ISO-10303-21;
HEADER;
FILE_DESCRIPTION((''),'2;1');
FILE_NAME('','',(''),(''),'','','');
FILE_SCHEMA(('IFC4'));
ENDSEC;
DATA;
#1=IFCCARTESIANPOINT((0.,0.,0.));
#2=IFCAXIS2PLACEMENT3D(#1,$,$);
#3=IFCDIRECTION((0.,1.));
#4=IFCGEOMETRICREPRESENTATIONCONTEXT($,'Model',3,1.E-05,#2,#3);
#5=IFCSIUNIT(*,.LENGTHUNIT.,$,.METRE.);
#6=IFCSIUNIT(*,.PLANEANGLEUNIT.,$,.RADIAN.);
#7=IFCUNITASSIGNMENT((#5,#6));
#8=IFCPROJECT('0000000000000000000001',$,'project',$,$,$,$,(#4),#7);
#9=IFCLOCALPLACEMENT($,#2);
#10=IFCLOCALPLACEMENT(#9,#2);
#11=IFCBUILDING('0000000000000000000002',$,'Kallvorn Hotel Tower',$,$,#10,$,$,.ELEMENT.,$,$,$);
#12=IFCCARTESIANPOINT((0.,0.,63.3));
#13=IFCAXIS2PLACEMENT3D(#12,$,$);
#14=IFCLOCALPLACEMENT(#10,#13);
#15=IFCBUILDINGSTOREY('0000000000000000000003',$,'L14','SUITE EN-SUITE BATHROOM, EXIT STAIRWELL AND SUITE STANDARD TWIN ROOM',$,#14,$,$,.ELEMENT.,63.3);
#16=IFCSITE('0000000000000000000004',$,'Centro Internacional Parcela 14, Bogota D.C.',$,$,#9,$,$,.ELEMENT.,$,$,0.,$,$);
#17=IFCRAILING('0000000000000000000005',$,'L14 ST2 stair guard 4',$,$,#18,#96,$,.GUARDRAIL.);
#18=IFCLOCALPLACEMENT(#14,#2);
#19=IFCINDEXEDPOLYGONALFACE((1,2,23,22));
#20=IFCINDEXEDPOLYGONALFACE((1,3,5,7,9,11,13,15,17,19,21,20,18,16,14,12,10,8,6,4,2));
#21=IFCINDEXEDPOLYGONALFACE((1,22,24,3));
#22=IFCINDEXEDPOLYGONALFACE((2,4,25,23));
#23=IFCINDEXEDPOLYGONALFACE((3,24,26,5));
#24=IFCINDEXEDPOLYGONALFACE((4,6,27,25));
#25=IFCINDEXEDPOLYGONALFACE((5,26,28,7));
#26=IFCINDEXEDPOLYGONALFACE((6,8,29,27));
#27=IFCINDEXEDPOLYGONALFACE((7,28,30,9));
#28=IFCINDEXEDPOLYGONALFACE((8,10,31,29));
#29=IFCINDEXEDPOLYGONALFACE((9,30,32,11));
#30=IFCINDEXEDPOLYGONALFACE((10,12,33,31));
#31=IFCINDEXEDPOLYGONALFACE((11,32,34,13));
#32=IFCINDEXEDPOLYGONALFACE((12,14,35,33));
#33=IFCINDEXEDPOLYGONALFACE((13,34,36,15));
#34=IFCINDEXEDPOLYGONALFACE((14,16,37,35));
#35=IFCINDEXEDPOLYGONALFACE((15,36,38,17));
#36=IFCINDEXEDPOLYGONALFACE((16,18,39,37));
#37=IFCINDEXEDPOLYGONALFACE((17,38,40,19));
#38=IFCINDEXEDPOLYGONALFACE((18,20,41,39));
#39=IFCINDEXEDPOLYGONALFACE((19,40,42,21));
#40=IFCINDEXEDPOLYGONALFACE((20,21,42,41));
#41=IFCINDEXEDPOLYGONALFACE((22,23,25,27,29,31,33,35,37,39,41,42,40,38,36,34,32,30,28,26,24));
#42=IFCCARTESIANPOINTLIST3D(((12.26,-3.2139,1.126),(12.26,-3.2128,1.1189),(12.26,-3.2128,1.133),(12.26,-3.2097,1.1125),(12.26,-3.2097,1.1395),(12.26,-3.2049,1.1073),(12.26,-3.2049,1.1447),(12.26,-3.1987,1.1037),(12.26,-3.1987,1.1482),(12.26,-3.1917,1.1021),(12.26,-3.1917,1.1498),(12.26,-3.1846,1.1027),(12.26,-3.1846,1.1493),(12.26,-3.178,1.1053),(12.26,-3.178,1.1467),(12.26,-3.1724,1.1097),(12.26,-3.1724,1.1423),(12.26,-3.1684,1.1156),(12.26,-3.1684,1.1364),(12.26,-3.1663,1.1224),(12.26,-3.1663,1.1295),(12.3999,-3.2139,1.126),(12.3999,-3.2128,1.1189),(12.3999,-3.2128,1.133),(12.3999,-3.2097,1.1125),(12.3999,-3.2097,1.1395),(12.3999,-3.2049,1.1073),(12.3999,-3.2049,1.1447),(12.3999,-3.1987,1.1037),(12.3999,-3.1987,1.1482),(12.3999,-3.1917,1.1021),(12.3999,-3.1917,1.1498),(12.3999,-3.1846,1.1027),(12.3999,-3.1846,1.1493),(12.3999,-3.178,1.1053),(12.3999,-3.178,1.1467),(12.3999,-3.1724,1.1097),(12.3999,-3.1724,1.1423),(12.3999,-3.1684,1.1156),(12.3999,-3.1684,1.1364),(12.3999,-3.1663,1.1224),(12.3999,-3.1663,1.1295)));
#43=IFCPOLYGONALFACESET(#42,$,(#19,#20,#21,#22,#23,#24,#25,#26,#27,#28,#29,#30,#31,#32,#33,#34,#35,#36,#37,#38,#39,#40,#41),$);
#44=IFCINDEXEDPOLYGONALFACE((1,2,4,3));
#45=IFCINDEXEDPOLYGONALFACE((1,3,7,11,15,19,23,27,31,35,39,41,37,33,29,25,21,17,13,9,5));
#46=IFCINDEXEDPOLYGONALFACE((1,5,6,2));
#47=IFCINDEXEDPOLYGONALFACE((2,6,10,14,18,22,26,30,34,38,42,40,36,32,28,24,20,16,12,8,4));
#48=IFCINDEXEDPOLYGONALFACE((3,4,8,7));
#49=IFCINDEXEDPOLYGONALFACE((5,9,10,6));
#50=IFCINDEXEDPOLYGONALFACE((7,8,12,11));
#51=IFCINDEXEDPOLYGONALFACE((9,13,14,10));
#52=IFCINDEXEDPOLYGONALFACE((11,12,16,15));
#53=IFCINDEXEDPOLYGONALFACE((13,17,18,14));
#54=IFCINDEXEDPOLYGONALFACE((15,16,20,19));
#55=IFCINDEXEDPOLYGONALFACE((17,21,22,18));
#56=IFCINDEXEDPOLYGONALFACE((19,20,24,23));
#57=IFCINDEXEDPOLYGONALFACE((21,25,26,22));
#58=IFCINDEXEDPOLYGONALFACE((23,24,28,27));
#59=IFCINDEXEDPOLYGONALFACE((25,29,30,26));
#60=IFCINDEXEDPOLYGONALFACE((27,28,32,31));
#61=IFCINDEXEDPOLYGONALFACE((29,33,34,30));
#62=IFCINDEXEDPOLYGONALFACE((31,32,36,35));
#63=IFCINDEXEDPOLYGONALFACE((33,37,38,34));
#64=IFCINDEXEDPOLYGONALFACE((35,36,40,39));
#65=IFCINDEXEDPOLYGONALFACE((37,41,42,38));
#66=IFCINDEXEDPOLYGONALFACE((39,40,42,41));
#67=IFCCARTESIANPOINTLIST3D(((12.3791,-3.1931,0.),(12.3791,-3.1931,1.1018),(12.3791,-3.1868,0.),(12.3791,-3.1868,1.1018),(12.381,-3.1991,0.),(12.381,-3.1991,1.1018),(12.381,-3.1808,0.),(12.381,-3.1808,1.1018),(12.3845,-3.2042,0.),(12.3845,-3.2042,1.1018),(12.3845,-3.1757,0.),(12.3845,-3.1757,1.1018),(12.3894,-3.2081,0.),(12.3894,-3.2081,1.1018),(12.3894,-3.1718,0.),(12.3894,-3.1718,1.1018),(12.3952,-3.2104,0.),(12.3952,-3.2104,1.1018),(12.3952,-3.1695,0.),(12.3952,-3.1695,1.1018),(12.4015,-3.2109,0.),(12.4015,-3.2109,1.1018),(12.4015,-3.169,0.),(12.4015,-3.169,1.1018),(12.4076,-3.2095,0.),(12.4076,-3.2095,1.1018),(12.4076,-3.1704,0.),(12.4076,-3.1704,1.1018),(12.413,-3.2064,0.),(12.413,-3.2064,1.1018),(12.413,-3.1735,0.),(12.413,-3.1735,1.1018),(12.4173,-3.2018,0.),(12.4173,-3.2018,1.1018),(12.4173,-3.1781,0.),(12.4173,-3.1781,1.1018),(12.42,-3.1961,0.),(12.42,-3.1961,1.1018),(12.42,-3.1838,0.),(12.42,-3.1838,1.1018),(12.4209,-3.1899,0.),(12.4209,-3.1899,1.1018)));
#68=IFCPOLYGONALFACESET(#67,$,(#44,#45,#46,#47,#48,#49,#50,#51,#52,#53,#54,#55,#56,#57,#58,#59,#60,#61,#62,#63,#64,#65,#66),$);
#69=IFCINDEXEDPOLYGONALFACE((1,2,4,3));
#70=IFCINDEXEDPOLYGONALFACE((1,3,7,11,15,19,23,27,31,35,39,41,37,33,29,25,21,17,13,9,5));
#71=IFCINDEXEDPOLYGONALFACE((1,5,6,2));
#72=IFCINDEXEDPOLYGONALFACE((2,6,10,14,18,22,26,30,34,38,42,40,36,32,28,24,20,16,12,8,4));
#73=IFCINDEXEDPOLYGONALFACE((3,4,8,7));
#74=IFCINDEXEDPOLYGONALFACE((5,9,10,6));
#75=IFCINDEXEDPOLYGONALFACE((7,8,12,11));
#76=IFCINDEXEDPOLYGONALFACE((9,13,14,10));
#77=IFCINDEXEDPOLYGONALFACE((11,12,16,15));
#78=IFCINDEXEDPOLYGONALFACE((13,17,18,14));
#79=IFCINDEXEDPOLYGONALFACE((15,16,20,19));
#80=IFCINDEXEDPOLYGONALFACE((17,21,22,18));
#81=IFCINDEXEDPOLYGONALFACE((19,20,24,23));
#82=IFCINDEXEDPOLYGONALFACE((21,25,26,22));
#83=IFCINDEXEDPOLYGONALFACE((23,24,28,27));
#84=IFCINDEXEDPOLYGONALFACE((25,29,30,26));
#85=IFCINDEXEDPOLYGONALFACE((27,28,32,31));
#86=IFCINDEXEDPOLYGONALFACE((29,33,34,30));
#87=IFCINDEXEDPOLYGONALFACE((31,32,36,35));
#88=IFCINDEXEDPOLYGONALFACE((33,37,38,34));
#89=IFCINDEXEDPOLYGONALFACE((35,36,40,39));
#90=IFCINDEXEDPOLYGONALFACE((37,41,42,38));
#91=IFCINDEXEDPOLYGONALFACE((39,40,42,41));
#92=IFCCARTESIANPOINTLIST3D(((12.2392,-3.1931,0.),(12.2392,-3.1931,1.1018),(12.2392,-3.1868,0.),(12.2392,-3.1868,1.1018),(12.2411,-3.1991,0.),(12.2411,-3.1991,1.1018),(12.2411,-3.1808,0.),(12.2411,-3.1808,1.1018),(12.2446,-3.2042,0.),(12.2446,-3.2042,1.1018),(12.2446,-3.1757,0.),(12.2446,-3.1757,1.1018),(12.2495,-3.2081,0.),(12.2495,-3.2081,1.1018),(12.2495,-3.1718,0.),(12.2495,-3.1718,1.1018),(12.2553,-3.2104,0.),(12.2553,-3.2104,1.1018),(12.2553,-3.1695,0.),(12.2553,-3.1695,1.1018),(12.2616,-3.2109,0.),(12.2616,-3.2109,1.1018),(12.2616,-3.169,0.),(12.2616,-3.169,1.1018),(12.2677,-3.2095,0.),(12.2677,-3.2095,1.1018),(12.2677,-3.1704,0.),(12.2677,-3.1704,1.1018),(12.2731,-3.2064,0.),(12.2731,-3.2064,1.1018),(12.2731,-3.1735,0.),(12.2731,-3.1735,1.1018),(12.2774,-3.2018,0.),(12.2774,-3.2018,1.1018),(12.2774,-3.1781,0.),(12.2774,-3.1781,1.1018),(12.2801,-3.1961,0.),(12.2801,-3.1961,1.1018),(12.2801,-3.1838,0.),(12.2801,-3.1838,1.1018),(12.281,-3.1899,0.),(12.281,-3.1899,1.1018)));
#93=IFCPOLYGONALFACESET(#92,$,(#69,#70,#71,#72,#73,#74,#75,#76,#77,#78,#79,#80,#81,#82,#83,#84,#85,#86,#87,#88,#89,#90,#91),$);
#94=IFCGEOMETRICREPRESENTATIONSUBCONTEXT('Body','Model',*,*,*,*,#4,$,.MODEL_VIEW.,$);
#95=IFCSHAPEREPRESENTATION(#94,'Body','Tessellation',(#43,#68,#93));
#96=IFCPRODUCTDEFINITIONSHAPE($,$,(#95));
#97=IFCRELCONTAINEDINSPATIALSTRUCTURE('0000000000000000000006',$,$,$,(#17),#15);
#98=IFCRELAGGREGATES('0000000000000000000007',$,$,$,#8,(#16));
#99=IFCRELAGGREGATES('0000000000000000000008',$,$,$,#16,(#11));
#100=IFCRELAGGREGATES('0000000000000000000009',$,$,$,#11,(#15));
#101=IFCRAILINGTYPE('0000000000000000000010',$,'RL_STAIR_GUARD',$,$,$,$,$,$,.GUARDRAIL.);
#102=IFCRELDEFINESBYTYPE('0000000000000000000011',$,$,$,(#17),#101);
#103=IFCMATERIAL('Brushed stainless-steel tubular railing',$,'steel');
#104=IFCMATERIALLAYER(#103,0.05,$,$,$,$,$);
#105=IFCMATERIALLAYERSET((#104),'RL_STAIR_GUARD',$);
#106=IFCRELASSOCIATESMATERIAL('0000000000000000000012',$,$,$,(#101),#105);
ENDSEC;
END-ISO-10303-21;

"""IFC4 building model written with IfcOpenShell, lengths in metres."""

from ifc_helpers import new_model, si_unit, direction, frame, origin, origin_2d, place, context, subcontext, project, spatial, circle, extrude, material, layer, layer_set, type_object, element, save


model = new_model("IFC4")

# Units and contexts
model_context = context("Model", 3, precision=1e-05, world=origin(), true_north=direction((0.0, 1.0)))
body_context = subcontext(model_context, "Body", "Model", "MODEL_VIEW")
ifc_project = project(units=[si_unit("LENGTHUNIT", "METRE"), si_unit("PLANEANGLEUNIT", "RADIAN")], contexts=[model_context])

# Site, building, storey
site_placement = place(None, origin())
site = spatial("IfcSite", under=ifc_project, at=site_placement, Name="Centro Internacional Parcela 14, Bogota D.C.", CompositionType="ELEMENT", RefElevation=0.0)
building_placement = place(site_placement, origin())
building = spatial("IfcBuilding", under=site, at=building_placement, Name="Kallvorn Hotel Tower", CompositionType="ELEMENT")
storey_placement = place(building_placement, frame((0.0, 0.0, 63.3)))
storey = spatial("IfcBuildingStorey", under=building, at=storey_placement, Name="L14", Description="SUITE EN-SUITE BATHROOM, EXIT STAIRWELL AND SUITE STANDARD TWIN ROOM", CompositionType="ELEMENT", Elevation=63.3)

# Railing
ifc_material_1 = material(Name="Brushed stainless-steel tubular railing", Category="steel")
ifc_layer_1 = layer(ifc_material_1, 0.05)
ifc_layer_set_1 = layer_set([ifc_layer_1], Name="RL_STAIR_GUARD")
railing_type = type_object("IfcRailingType", Name="RL_STAIR_GUARD", PredefinedType="GUARDRAIL", material=ifc_layer_set_1)
railing_1_placement = place(storey_placement, frame((12.3999, -3.1899, 0.0)))
element("IfcRailing", 1, at=railing_1_placement, inside=storey, type_object=railing_type, Name="L14 ST2 stair guard 4", PredefinedType="GUARDRAIL", context=body_context, shape_type="SweptSolid", body=[
    extrude(circle(Radius=0.0239, at=origin_2d()), frame((0.0, 0.0, 1.126), z_axis=(-1.0, 0.0, 0.0), x_axis=(0.0, -1.0, 0.0)), (0.0, 0.0, 1.0), 0.1399),
    extrude(circle(Radius=0.021, at=origin_2d()), origin(), (0.0, 0.0, 1.0), 1.1018),
    extrude(circle(Radius=0.021, at=origin_2d()), frame((-0.1399, 0.0, 0.0)), (0.0, 0.0, 1.0), 1.1018),
])

save(model, "model.ifc")
